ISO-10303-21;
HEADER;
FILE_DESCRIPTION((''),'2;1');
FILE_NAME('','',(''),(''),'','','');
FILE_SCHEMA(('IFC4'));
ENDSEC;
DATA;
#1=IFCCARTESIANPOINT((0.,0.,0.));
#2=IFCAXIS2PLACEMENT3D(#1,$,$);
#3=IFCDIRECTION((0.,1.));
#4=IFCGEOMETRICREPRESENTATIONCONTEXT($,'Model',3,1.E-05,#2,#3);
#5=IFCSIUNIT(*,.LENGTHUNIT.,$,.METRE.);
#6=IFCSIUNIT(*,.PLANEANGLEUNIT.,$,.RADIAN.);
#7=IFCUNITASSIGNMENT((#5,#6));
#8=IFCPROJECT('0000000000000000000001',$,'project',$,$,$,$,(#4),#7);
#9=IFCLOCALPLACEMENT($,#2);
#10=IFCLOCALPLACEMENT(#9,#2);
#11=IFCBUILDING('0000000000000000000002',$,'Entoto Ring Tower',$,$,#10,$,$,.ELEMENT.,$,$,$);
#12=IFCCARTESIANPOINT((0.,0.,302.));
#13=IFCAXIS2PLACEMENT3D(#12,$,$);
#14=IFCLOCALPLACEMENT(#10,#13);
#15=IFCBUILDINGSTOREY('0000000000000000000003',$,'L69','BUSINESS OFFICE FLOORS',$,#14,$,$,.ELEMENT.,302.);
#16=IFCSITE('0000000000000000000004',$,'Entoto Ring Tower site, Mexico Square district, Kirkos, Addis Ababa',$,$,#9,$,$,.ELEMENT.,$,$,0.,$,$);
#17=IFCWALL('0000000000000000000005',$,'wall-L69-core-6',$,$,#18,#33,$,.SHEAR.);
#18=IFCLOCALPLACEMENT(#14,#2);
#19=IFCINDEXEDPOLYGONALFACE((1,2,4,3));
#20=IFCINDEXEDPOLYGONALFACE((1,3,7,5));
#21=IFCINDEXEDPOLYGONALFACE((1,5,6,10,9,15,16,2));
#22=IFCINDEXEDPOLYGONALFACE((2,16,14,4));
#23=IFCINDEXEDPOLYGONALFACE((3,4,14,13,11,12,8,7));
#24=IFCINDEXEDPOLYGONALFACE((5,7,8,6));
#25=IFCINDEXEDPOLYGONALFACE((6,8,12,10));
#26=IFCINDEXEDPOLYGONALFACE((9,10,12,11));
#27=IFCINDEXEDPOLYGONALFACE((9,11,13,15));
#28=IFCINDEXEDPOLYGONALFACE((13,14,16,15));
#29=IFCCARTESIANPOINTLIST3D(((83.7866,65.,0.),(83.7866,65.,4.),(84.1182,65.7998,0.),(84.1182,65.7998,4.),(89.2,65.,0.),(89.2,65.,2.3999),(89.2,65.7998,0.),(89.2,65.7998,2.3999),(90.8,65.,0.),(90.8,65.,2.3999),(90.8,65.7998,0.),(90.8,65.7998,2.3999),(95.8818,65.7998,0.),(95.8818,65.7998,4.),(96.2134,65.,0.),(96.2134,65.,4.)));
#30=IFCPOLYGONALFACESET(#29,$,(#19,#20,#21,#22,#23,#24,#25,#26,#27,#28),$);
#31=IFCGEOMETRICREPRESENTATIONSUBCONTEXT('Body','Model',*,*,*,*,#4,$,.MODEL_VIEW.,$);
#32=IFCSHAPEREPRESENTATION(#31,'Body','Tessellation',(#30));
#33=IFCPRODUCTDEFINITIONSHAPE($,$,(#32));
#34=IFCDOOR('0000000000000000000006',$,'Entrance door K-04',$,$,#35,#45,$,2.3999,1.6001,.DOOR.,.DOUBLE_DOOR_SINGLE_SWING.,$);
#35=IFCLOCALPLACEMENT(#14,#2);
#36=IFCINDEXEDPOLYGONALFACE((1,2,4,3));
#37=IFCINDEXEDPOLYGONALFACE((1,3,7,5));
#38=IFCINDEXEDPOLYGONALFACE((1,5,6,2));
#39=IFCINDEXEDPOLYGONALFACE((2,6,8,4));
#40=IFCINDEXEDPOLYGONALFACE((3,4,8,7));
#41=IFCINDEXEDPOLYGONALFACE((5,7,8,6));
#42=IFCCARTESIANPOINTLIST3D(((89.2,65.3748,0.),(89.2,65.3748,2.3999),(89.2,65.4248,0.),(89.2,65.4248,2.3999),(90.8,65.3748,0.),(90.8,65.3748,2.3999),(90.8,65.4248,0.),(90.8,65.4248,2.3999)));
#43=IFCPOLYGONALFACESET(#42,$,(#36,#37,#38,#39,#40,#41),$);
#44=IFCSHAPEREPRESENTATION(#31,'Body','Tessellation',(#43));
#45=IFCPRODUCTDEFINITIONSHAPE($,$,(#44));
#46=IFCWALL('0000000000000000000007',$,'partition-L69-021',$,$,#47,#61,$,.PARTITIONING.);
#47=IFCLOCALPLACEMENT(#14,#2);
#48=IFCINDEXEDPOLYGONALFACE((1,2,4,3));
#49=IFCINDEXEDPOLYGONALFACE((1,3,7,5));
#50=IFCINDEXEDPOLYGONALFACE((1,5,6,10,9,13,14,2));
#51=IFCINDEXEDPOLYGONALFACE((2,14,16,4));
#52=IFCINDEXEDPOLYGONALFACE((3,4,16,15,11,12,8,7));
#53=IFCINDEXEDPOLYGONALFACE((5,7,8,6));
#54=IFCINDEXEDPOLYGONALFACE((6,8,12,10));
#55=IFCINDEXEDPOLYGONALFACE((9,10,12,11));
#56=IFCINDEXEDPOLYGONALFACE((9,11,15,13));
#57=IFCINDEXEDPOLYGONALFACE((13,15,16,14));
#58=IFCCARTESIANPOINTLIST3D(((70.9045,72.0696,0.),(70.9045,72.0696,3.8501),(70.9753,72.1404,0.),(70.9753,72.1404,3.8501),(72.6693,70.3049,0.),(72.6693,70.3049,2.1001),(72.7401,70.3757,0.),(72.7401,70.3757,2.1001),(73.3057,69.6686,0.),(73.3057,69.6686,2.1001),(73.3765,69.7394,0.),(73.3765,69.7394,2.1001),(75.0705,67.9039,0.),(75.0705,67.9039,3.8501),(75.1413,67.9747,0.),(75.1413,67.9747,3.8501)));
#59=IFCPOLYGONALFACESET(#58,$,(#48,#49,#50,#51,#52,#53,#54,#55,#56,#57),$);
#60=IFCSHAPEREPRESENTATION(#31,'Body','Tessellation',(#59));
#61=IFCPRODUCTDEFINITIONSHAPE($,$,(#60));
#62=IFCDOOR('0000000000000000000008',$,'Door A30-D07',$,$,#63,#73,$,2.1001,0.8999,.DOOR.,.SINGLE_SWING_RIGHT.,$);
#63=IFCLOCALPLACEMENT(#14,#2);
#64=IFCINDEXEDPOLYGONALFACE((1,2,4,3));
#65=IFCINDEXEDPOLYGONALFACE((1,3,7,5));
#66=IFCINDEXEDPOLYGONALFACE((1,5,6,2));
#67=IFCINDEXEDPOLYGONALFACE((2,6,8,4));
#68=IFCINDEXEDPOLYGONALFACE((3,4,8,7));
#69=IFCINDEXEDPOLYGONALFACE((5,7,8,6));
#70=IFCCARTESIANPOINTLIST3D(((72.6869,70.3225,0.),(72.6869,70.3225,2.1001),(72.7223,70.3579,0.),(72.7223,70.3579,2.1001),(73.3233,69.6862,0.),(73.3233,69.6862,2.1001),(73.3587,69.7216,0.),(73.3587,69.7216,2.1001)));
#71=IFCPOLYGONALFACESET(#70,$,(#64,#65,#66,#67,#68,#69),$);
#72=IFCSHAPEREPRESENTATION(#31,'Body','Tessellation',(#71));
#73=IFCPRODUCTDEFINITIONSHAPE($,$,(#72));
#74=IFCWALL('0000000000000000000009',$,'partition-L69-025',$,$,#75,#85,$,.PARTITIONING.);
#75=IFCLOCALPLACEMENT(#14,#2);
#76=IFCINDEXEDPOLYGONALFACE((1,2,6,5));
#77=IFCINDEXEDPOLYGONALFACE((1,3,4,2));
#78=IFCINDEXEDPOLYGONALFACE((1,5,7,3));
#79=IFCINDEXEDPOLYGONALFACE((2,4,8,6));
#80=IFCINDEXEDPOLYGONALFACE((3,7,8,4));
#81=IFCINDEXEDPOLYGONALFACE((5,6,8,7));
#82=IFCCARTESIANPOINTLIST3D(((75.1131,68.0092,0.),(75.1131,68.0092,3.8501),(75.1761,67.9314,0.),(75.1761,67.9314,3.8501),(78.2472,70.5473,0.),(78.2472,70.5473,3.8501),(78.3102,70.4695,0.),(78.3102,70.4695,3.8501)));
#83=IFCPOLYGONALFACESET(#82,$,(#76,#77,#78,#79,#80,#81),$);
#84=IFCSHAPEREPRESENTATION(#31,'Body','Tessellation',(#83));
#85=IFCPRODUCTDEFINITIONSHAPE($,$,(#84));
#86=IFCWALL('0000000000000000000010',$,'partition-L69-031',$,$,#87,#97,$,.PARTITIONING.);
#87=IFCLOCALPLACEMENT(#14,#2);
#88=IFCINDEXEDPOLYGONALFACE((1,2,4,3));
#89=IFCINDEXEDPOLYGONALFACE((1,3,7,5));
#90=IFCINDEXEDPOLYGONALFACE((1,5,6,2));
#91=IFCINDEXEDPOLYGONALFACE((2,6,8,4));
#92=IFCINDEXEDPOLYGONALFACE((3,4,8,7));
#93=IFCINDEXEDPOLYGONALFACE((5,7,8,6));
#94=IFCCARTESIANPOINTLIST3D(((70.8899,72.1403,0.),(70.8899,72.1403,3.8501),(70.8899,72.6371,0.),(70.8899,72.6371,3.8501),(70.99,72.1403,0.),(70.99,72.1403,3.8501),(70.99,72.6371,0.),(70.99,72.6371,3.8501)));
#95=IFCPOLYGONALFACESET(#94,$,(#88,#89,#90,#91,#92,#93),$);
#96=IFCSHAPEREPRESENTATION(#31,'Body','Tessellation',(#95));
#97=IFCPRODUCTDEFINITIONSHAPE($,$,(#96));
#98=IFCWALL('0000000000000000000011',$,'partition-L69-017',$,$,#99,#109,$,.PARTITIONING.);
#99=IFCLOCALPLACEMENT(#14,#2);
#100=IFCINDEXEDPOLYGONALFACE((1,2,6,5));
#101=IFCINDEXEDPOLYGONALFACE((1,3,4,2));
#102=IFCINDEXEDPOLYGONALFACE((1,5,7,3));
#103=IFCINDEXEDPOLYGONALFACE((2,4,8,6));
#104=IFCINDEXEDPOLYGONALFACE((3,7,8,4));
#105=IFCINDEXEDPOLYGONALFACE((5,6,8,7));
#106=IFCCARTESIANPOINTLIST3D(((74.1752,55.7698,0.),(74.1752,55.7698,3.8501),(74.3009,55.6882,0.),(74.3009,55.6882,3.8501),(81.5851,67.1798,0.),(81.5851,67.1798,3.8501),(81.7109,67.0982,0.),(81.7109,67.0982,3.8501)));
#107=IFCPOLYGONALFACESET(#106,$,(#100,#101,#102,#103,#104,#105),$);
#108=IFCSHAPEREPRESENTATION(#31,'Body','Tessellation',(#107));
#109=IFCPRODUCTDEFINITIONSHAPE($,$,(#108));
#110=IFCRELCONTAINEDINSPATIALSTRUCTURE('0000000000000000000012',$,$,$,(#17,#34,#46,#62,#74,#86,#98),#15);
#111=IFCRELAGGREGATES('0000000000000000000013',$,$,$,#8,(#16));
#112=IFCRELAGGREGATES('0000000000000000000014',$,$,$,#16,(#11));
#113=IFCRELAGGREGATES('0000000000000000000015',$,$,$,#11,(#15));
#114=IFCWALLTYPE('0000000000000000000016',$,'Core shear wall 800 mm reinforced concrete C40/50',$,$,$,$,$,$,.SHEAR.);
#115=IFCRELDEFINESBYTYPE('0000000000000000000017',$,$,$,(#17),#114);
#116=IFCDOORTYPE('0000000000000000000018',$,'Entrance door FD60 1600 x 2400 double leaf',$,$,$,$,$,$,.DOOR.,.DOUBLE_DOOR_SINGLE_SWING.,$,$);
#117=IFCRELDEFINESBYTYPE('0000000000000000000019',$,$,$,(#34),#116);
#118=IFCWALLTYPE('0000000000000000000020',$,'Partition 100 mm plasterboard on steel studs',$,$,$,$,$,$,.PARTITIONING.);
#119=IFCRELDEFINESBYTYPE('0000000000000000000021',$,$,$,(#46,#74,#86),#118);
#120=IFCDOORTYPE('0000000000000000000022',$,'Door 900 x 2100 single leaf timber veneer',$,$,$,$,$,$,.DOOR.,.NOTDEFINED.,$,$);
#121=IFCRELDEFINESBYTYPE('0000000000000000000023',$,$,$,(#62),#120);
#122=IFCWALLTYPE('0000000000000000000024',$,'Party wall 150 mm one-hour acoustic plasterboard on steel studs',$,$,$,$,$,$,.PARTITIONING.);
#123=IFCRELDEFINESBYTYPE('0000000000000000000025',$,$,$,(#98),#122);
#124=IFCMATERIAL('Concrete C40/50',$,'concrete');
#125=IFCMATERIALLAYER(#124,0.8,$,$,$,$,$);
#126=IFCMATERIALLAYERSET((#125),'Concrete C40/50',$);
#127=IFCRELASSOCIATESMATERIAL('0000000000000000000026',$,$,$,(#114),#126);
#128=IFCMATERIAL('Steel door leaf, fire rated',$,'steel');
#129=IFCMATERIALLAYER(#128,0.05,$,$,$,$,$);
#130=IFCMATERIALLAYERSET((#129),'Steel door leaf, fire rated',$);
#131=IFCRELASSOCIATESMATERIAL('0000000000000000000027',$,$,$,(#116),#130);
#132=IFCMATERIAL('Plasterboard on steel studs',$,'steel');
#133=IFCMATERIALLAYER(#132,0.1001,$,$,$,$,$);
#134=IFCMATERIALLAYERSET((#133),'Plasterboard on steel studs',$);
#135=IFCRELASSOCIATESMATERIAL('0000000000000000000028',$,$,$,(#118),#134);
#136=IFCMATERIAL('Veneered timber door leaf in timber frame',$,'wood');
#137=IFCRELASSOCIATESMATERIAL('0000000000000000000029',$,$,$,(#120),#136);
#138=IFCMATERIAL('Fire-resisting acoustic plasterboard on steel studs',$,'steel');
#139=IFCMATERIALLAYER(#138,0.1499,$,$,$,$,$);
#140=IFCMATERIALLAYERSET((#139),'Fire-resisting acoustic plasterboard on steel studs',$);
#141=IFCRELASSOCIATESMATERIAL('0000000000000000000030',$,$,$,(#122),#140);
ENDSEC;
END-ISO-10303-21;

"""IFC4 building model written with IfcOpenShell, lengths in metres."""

from ifc_helpers import new_model, si_unit, direction, frame, frame_2d, origin, place, context, subcontext, project, spatial, polyline, rectangle, outline, extrude, material, layer, layer_set, type_object, element, fill, save


model = new_model("IFC4")

# Units and contexts
model_context = context("Model", 3, precision=1e-05, world=origin(), true_north=direction((0.0, 1.0)))
body_context = subcontext(model_context, "Body", "Model", "MODEL_VIEW")
ifc_project = project(units=[si_unit("LENGTHUNIT", "METRE"), si_unit("PLANEANGLEUNIT", "RADIAN")], contexts=[model_context])

# Site, building, storey
site_placement = place(None, origin())
site = spatial("IfcSite", under=ifc_project, at=site_placement, Name="Entoto Ring Tower site, Mexico Square district, Kirkos, Addis Ababa", CompositionType="ELEMENT", RefElevation=0.0)
building_placement = place(site_placement, origin())
building = spatial("IfcBuilding", under=site, at=building_placement, Name="Entoto Ring Tower", CompositionType="ELEMENT")
storey_placement = place(building_placement, frame((0.0, 0.0, 302.0)))
storey = spatial("IfcBuildingStorey", under=building, at=storey_placement, Name="L69", Description="BUSINESS OFFICE FLOORS", CompositionType="ELEMENT", Elevation=302.0)

# Walls, openings, doors
ifc_material_1 = material(Name="Concrete C40/50", Category="concrete")
ifc_layer_1 = layer(ifc_material_1, 0.8)
ifc_layer_set_1 = layer_set([ifc_layer_1], Name="Concrete C40/50")
wall_type_1 = type_object("IfcWallType", Name="Core shear wall 800 mm reinforced concrete C40/50", PredefinedType="SHEAR", material=ifc_layer_set_1)
wall_1_placement = place(storey_placement, frame((83.9524, 65.3999, 0.0), z_axis=(0.0, 0.0, 1.0), x_axis=(1.0, 0.0, 0.0)))
wall_1 = element("IfcWall", 1, at=wall_1_placement, inside=storey, type_object=wall_type_1, Name="wall-L69-core-6", PredefinedType="SHEAR", context=body_context, shape_type="SweptSolid", body=[
    extrude(outline(polyline([(-0.1658, -0.3999), (12.261, -0.3999), (11.9294, 0.3999), (0.1658, 0.3999), (-0.1658, -0.3999)])), origin(), (0.0, 0.0, 1.0), 4.0),
])
opening_1_placement = place(wall_1_placement, frame((5.2476, 0.0, 0.0)))
opening_1 = element("IfcOpeningElement", 2, at=opening_1_placement, cuts=wall_1, PredefinedType="OPENING", context=body_context, shape_type="SweptSolid", body=[
    extrude(rectangle(XDim=1.6001, YDim=2.3999, at=frame_2d((0.8, 1.2))), frame((0.0, 0.4102, 0.0), z_axis=(0.0, -1.0, 0.0), x_axis=(1.0, 0.0, 0.0)), (0.0, 0.0, 1.0), 0.8201),
])
ifc_material_2 = material(Name="Steel door leaf, fire rated", Category="steel")
ifc_layer_2 = layer(ifc_material_2, 0.05)
ifc_layer_set_2 = layer_set([ifc_layer_2], Name="Steel door leaf, fire rated")
door_type_1 = type_object("IfcDoorType", Name="Entrance door FD60 1600 x 2400 double leaf", OperationType="DOUBLE_DOOR_SINGLE_SWING", PredefinedType="DOOR", material=ifc_layer_set_2)
door_1_placement = place(opening_1_placement, origin())
door_1 = element("IfcDoor", 3, at=door_1_placement, inside=storey, type_object=door_type_1, Name="Entrance door K-04", OperationType="DOUBLE_DOOR_SINGLE_SWING", OverallHeight=2.3999, OverallWidth=1.6001, PredefinedType="DOOR", context=body_context, shape_type="SweptSolid", body=[
    extrude(rectangle(XDim=1.6001, YDim=2.3999, at=frame_2d((0.8, 1.2))), frame((0.0, 0.0249, 0.0), z_axis=(0.0, -1.0, 0.0), x_axis=(1.0, 0.0, 0.0)), (0.0, 0.0, 1.0), 0.05),
])
fill(opening_1, door_1)
ifc_material_3 = material(Name="Plasterboard on steel studs", Category="steel")
ifc_layer_3 = layer(ifc_material_3, 0.1001)
ifc_layer_set_3 = layer_set([ifc_layer_3], Name="Plasterboard on steel studs")
wall_type_2 = type_object("IfcWallType", Name="Partition 100 mm plasterboard on steel studs", PredefinedType="PARTITIONING", material=ifc_layer_set_3)
wall_2_placement = place(storey_placement, frame((75.106, 67.9392, 0.0), z_axis=(0.0, 0.0, 1.0), x_axis=(-0.707128, 0.707086, 0.0)))
wall_2 = element("IfcWall", 4, at=wall_2_placement, inside=storey, type_object=wall_type_2, Name="partition-L69-021", PredefinedType="PARTITIONING", context=body_context, shape_type="SweptSolid", body=[
    extrude(rectangle(XDim=5.8914, YDim=0.1001, at=frame_2d((2.9458, 0.0))), origin(), (0.0, 0.0, 1.0), 3.8501),
])
opening_2_placement = place(wall_2_placement, frame((2.4958, 0.0, 0.0)))
opening_2 = element("IfcOpeningElement", 5, at=opening_2_placement, cuts=wall_2, PredefinedType="OPENING", context=body_context, shape_type="SweptSolid", body=[
    extrude(rectangle(XDim=0.8999, YDim=2.1001, at=frame_2d((0.45, 1.05))), frame((0.0, 0.0601, 0.0), z_axis=(0.0, -1.0, 0.0), x_axis=(1.0, 0.0, 0.0)), (0.0, 0.0, 1.0), 0.1201),
])
ifc_material_4 = material(Name="Veneered timber door leaf in timber frame", Category="wood")
door_type_2 = type_object("IfcDoorType", Name="Door 900 x 2100 single leaf timber veneer", OperationType="NOTDEFINED", PredefinedType="DOOR", material=ifc_material_4)
door_2_placement = place(opening_2_placement, frame((0.8999, 0.0, 0.0), z_axis=(0.0, 0.0, 1.0), x_axis=(-1.0, 0.0, 0.0)))
door_2 = element("IfcDoor", 6, at=door_2_placement, inside=storey, type_object=door_type_2, Name="Door A30-D07", OperationType="SINGLE_SWING_RIGHT", OverallHeight=2.1001, OverallWidth=0.8999, PredefinedType="DOOR", context=body_context, shape_type="SweptSolid", body=[
    extrude(rectangle(XDim=0.8999, YDim=2.1001, at=frame_2d((0.45, 1.05))), frame((0.0, 0.0249, 0.0), z_axis=(0.0, -1.0, 0.0), x_axis=(1.0, 0.0, 0.0)), (0.0, 0.0, 1.0), 0.05),
])
fill(opening_2, door_2)

# Walls
wall_3_placement = place(storey_placement, frame((75.1445, 67.9702, 0.0), z_axis=(0.0, 0.0, 1.0), x_axis=(0.777122, 0.62935, 0.0)))
element("IfcWall", 7, at=wall_3_placement, inside=storey, type_object=wall_type_2, Name="partition-L69-025", PredefinedType="PARTITIONING", context=body_context, shape_type="SweptSolid", body=[
    extrude(rectangle(XDim=4.033, YDim=0.1001, at=frame_2d((2.0166, 0.0))), origin(), (0.0, 0.0, 1.0), 3.8501),
])
wall_4_placement = place(storey_placement, frame((70.9399, 72.1401, 0.0), z_axis=(0.0, 0.0, 1.0), x_axis=(0.0, 1.0, 0.0)))
element("IfcWall", 8, at=wall_4_placement, inside=storey, type_object=wall_type_2, Name="partition-L69-031", PredefinedType="PARTITIONING", context=body_context, shape_type="SweptSolid", body=[
    extrude(rectangle(XDim=0.4968, YDim=0.1001, at=frame_2d((0.2485, 0.0))), origin(), (0.0, 0.0, 1.0), 3.8501),
])
ifc_material_5 = material(Name="Fire-resisting acoustic plasterboard on steel studs", Category="steel")
ifc_layer_4 = layer(ifc_material_5, 0.1499)
ifc_layer_set_4 = layer_set([ifc_layer_4], Name="Fire-resisting acoustic plasterboard on steel studs")
wall_type_3 = type_object("IfcWallType", Name="Party wall 150 mm one-hour acoustic plasterboard on steel studs", PredefinedType="PARTITIONING", material=ifc_layer_set_4)
wall_5_placement = place(storey_placement, frame((74.238, 55.729, 0.0), z_axis=(0.0, 0.0, 1.0), x_axis=(0.544651, 0.838663, 0.0)))
element("IfcWall", 9, at=wall_5_placement, inside=storey, type_object=wall_type_3, Name="partition-L69-017", PredefinedType="PARTITIONING", context=body_context, shape_type="SweptSolid", body=[
    extrude(rectangle(XDim=13.605, YDim=0.1499, at=frame_2d((6.8025, 0.0))), origin(), (0.0, 0.0, 1.0), 3.8501),
])

save(model, "model.ifc")
